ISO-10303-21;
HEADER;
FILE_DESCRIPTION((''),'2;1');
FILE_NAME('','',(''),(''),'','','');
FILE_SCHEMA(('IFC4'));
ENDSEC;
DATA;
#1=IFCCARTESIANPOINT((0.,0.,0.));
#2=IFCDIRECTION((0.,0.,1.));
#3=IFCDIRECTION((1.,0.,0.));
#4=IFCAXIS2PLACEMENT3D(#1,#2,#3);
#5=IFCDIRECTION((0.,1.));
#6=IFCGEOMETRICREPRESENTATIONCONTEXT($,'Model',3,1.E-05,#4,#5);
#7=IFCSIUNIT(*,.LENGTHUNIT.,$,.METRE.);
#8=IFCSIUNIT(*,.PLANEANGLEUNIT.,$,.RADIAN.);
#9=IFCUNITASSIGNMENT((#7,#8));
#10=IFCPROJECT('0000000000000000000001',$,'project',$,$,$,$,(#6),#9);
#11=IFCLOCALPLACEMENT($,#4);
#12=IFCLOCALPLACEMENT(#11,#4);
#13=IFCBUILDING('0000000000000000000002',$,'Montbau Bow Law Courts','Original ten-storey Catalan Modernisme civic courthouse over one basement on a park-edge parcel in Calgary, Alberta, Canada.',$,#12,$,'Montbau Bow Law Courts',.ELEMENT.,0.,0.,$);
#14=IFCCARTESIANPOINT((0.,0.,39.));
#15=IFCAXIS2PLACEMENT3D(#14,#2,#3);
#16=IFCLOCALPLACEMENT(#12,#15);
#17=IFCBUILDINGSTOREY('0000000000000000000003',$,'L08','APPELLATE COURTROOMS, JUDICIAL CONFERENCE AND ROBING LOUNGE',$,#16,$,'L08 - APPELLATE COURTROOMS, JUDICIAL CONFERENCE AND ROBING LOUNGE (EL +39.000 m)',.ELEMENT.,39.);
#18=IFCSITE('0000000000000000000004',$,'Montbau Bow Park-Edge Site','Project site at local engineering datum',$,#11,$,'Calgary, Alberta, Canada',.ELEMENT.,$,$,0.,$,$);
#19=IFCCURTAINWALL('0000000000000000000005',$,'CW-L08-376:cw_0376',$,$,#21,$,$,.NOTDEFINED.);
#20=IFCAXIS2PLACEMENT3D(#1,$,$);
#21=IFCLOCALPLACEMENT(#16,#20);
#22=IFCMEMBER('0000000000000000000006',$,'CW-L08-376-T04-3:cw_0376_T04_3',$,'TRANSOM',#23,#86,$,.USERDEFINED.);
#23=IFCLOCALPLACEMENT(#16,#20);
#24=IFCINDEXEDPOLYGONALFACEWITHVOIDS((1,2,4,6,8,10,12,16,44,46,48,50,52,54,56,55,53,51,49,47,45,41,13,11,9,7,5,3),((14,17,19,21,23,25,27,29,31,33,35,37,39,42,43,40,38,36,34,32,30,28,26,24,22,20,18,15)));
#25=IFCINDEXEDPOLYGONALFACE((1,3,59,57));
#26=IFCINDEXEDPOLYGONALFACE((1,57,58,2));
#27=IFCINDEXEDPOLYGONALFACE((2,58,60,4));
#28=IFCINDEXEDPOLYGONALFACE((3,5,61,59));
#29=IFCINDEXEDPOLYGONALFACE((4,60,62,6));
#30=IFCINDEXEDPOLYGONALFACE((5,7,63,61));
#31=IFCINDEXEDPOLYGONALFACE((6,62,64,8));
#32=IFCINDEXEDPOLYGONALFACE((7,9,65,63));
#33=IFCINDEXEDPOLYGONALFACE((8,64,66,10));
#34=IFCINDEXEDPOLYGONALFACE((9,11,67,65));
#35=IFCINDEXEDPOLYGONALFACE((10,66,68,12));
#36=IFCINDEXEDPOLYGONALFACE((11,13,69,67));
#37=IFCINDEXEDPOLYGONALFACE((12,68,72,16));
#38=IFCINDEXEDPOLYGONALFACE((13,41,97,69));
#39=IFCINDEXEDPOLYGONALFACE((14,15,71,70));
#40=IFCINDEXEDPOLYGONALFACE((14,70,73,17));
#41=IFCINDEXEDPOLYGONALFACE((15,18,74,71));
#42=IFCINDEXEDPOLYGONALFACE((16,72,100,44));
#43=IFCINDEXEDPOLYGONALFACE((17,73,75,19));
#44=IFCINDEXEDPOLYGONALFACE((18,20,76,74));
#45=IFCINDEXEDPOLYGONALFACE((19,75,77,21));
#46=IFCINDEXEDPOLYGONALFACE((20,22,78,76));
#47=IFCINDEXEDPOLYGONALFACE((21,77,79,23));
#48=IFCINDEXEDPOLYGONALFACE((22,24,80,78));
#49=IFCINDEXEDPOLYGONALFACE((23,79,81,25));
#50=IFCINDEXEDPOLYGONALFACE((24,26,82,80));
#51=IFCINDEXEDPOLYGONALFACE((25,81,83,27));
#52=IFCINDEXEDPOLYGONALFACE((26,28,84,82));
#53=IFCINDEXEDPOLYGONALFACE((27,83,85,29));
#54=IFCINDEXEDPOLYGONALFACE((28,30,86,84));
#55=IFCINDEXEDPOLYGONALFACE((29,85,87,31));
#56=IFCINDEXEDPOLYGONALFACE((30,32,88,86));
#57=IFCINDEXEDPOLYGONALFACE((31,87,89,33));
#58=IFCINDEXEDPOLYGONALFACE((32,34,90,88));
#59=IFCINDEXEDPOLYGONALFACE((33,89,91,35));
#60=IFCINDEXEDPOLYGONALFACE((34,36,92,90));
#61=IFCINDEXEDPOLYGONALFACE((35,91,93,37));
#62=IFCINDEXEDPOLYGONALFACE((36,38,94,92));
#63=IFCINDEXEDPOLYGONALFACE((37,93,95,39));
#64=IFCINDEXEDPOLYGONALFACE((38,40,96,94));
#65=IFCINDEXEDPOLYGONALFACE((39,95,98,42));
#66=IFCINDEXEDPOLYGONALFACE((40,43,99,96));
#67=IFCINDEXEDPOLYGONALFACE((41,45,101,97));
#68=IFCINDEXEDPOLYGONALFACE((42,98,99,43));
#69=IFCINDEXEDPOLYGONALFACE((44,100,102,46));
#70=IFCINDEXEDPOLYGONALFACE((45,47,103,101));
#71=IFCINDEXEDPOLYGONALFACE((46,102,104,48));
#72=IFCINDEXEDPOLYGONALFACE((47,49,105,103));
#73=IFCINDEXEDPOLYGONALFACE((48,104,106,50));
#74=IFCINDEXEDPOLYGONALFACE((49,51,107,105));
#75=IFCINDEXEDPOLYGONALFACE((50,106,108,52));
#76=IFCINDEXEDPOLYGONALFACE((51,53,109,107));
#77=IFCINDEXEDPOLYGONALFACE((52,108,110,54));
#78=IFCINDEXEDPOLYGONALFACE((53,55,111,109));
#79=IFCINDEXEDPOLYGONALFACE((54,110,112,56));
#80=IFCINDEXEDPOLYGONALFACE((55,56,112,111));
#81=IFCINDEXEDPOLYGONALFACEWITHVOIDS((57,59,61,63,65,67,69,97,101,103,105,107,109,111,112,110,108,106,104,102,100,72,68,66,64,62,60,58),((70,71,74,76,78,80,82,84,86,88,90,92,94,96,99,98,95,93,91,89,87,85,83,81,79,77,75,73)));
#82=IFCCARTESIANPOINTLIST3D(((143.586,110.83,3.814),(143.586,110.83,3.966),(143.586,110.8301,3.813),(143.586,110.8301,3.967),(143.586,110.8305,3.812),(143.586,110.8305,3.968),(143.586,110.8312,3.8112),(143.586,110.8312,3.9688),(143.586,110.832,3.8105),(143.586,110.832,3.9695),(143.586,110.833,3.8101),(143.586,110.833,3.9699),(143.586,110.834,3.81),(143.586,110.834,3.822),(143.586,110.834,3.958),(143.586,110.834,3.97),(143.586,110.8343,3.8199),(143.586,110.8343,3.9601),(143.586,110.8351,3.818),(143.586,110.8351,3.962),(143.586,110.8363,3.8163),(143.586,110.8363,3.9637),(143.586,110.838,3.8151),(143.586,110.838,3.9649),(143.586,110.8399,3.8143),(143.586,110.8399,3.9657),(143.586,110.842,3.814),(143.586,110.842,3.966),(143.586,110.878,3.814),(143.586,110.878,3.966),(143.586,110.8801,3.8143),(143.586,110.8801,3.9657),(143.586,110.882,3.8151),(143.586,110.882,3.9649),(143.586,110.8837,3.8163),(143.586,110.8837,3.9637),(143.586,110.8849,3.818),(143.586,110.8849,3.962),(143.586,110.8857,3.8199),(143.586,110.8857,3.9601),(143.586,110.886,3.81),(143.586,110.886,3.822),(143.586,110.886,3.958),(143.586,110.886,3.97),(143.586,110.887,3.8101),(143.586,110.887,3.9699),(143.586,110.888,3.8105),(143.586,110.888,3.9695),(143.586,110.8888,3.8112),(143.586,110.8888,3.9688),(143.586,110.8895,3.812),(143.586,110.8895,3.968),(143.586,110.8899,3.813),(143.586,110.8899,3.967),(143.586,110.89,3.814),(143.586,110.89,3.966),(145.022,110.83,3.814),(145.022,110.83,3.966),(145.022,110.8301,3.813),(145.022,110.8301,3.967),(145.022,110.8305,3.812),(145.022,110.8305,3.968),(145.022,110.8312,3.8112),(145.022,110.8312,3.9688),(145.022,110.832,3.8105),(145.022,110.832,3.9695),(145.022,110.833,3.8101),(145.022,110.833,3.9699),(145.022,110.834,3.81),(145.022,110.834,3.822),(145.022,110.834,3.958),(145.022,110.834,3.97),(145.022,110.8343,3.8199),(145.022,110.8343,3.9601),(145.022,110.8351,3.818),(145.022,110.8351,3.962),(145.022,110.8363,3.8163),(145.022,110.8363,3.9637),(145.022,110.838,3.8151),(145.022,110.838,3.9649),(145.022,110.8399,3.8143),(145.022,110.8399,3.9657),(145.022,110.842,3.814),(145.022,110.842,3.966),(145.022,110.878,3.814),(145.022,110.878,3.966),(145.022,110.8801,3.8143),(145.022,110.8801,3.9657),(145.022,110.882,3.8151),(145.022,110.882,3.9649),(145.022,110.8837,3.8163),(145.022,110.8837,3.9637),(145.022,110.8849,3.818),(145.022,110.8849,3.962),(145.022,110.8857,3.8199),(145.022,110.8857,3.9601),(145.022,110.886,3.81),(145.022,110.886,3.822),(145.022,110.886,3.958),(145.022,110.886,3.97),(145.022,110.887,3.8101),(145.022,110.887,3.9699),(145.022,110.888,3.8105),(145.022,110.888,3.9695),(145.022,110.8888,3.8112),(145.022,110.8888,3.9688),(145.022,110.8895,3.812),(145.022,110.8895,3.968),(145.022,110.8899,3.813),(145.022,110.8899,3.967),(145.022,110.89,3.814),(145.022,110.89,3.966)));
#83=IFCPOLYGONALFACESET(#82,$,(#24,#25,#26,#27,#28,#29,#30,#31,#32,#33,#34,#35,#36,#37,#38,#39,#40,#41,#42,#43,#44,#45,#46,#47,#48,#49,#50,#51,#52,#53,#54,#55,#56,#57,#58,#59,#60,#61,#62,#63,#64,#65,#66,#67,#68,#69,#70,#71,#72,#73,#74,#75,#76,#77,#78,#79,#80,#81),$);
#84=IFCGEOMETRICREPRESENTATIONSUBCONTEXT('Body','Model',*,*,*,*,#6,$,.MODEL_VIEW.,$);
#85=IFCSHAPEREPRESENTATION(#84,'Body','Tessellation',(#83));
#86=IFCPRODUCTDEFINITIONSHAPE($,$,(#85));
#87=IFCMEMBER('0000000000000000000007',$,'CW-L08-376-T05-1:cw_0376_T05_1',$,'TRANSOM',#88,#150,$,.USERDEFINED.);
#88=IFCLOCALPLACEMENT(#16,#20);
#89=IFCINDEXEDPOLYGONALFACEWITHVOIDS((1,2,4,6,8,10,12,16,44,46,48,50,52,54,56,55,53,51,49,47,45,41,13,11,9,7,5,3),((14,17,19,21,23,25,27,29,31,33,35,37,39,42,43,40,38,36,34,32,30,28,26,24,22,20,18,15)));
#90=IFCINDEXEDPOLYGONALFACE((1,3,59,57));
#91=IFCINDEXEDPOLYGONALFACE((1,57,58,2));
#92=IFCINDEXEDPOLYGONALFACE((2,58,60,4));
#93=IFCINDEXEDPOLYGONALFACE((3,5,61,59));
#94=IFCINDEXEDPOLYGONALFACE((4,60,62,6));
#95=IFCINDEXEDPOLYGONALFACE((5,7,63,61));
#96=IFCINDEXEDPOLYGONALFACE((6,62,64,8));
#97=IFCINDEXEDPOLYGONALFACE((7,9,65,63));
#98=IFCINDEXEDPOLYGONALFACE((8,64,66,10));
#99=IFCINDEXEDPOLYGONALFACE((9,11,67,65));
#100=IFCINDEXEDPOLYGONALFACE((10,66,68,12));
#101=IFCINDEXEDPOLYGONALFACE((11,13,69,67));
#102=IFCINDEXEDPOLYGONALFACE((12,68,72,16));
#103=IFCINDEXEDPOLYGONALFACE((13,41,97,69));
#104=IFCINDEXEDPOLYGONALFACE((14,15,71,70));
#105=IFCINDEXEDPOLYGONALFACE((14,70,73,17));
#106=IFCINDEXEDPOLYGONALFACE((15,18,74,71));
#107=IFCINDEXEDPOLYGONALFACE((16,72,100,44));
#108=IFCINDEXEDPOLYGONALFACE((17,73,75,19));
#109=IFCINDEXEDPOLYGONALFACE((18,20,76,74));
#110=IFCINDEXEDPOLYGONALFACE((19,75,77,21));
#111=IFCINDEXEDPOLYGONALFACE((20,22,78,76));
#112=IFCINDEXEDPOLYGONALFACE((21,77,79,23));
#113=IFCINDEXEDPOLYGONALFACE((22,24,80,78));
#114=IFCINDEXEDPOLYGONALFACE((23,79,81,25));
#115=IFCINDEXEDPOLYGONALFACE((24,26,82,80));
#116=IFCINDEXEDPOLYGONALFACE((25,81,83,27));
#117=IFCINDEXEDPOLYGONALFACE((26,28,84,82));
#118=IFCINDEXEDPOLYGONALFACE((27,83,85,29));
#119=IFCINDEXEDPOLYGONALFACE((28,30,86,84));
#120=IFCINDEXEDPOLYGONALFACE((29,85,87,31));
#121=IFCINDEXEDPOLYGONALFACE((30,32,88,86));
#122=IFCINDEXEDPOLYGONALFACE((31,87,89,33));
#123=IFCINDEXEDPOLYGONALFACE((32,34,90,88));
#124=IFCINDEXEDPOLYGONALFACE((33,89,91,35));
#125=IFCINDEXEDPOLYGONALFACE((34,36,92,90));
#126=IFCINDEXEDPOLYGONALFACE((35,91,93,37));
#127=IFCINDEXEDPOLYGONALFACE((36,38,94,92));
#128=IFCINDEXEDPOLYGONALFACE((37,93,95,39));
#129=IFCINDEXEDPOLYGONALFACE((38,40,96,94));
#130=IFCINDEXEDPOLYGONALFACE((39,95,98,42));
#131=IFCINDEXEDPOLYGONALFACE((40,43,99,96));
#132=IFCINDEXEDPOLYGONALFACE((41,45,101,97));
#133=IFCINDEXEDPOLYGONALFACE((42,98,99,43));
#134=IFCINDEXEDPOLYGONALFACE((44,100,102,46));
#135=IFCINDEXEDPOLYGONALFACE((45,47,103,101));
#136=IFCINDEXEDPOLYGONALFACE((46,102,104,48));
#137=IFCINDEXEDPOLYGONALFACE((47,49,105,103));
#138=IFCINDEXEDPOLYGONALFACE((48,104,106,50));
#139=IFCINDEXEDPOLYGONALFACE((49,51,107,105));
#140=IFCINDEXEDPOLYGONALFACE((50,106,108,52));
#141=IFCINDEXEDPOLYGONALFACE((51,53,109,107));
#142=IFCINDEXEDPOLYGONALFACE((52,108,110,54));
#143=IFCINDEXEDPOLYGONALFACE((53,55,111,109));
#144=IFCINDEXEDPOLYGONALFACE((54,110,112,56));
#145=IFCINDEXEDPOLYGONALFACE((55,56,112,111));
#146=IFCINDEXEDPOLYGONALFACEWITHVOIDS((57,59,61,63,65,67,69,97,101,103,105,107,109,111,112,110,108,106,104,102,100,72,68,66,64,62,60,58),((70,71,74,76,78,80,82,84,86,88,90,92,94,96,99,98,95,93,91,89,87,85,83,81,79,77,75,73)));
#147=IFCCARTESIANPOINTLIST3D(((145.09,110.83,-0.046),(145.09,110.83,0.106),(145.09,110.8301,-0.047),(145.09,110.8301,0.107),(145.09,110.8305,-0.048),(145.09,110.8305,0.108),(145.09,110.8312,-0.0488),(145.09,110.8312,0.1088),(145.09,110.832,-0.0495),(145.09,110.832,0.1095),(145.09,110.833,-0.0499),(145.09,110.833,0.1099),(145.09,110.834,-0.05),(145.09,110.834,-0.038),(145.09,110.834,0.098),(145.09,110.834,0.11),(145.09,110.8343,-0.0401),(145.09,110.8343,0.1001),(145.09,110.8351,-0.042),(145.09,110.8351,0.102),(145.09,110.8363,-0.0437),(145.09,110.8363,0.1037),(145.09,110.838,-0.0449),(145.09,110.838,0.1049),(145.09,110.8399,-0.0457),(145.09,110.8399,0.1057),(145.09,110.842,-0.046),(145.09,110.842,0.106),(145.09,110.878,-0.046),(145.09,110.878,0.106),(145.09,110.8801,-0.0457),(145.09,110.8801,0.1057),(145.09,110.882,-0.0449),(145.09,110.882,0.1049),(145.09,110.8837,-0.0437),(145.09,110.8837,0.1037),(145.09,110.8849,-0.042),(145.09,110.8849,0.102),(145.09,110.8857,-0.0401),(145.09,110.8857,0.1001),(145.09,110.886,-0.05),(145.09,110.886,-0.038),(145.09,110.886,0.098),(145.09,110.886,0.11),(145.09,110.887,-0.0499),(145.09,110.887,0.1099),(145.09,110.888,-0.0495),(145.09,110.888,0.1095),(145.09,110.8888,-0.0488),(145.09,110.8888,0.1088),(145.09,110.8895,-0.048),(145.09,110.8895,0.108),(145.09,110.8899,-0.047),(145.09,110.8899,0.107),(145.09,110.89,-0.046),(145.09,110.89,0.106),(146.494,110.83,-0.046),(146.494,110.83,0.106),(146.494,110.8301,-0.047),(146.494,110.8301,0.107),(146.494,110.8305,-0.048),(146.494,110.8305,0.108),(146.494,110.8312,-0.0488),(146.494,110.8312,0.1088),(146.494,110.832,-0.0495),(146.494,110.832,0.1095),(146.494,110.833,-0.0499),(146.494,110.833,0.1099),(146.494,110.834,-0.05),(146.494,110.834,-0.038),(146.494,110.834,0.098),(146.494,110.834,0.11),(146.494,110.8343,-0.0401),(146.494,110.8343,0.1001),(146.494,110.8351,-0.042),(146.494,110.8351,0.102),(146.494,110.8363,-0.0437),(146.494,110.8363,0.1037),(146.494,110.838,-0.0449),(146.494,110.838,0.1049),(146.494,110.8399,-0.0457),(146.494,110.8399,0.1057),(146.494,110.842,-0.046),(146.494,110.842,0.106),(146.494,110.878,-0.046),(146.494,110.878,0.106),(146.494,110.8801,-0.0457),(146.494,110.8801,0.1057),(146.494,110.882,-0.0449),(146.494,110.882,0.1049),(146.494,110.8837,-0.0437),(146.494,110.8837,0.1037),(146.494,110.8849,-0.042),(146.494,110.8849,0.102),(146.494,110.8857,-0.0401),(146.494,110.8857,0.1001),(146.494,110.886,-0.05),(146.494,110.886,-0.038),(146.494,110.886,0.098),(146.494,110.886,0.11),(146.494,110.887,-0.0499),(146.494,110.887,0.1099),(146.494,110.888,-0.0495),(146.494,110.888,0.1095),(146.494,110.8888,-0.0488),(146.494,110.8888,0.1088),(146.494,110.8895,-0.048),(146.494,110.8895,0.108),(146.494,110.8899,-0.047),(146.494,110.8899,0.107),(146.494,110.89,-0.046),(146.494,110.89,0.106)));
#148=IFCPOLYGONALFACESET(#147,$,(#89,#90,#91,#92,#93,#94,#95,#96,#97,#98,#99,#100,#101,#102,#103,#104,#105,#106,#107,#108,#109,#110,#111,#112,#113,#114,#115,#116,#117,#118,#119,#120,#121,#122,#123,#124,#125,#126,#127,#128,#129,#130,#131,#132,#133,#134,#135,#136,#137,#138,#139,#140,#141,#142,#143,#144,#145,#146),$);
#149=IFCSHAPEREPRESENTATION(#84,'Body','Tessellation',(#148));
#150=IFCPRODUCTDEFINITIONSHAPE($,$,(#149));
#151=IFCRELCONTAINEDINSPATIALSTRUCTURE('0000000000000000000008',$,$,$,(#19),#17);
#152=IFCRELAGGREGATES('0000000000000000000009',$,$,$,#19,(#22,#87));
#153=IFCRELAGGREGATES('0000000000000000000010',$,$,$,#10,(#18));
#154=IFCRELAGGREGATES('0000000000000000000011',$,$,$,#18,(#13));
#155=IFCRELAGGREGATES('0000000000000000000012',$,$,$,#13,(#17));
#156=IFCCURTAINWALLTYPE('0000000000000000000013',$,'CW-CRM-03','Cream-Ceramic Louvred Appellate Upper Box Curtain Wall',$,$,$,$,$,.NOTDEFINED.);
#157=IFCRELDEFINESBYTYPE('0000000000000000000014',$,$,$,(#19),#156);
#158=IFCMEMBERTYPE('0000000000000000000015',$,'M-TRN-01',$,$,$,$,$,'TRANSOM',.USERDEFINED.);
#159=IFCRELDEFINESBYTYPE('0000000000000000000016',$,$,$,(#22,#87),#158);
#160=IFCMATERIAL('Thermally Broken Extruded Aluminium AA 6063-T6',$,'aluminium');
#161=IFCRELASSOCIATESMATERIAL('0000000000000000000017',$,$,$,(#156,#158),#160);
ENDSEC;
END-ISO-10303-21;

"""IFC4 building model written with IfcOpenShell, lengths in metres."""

from ifc_helpers import new_model, si_unit, direction, frame, origin_with_axes, origin_2d_with_axis, place, context, subcontext, project, spatial, hollow_rectangle, extrude, material, material_profile, profile_set, type_object, element, aggregate, save


model = new_model("IFC4")

# Units and contexts
model_context = context("Model", 3, precision=1e-05, world=origin_with_axes(), true_north=direction((0.0, 1.0)))
body_context = subcontext(model_context, "Body", "Model", "MODEL_VIEW")
ifc_project = project(units=[si_unit("LENGTHUNIT", "METRE"), si_unit("PLANEANGLEUNIT", "RADIAN")], contexts=[model_context])

# Site, building, storey
site_placement = place(None, origin_with_axes())
site = spatial("IfcSite", under=ifc_project, at=site_placement, Name="Montbau Bow Park-Edge Site", Description="Project site at local engineering datum", LongName="Calgary, Alberta, Canada", CompositionType="ELEMENT", RefElevation=0.0)
building_placement = place(site_placement, origin_with_axes())
building = spatial("IfcBuilding", under=site, at=building_placement, Name="Montbau Bow Law Courts", Description="Original ten-storey Catalan Modernisme civic courthouse over one basement on a park-edge parcel in Calgary, Alberta, Canada.", LongName="Montbau Bow Law Courts", CompositionType="ELEMENT", ElevationOfRefHeight=0.0, ElevationOfTerrain=0.0)
storey_placement = place(building_placement, frame((0.0, 0.0, 39.0), z_axis=(0.0, 0.0, 1.0), x_axis=(1.0, 0.0, 0.0)))
storey = spatial("IfcBuildingStorey", under=building, at=storey_placement, Name="L08", Description="APPELLATE COURTROOMS, JUDICIAL CONFERENCE AND ROBING LOUNGE", LongName="L08 - APPELLATE COURTROOMS, JUDICIAL CONFERENCE AND ROBING LOUNGE (EL +39.000 m)", CompositionType="ELEMENT", Elevation=39.0)

# Curtain wall
ifc_material_1 = material(Name="Thermally Broken Extruded Aluminium AA 6063-T6", Category="aluminium")
curtain_wall_type = type_object("IfcCurtainWallType", Name="CW-CRM-03", Description="Cream-Ceramic Louvred Appellate Upper Box Curtain Wall", PredefinedType="NOTDEFINED", material=ifc_material_1)
curtain_wall_1_placement = place(None, frame((139.04, 110.86, 39.0), z_axis=(0.0, 0.0, 1.0), x_axis=(1.0, 0.0, 0.0)))
curtain_wall_1 = element("IfcCurtainWall", 1, at=curtain_wall_1_placement, inside=storey, type_object=curtain_wall_type, Name="CW-L08-376:cw_0376", PredefinedType="NOTDEFINED")

# Members
ifc_material_profile_1 = material_profile(ifc_material_1, hollow_rectangle(XDim=0.06, YDim=0.16, WallThickness=0.004, InnerFilletRadius=0.008, OuterFilletRadius=0.004, at=origin_2d_with_axis()), Name="CWT-160X60", Category="Main", Priority=0)
ifc_profile_set_1 = profile_set([ifc_material_profile_1], Name="Thermally Broken Extruded Aluminium AA 6063-T6")
member_type_1 = type_object("IfcMemberType", Name="M-TRN-01", ElementType="TRANSOM", PredefinedType="USERDEFINED", material=ifc_profile_set_1)
member_1_placement = place(None, frame((143.586, 110.86, 42.89), z_axis=(1.0, 0.0, 0.0), x_axis=(0.0, 1.0, 0.0)))
member_1 = element("IfcMember", 2, at=member_1_placement, type_object=member_type_1, Name="CW-L08-376-T04-3:cw_0376_T04_3", ObjectType="TRANSOM", PredefinedType="USERDEFINED", context=body_context, shape_type="SweptSolid", body=[
    extrude(hollow_rectangle(XDim=0.06, YDim=0.16, WallThickness=0.004, InnerFilletRadius=0.008, OuterFilletRadius=0.004, at=origin_2d_with_axis()), origin_with_axes(), (0.0, 0.0, 1.0), 1.436),
])
member_2_placement = place(None, frame((145.09, 110.86, 39.03), z_axis=(1.0, 0.0, 0.0), x_axis=(0.0, 1.0, 0.0)))
member_2 = element("IfcMember", 3, at=member_2_placement, type_object=member_type_1, Name="CW-L08-376-T05-1:cw_0376_T05_1", ObjectType="TRANSOM", PredefinedType="USERDEFINED", context=body_context, shape_type="SweptSolid", body=[
    extrude(hollow_rectangle(XDim=0.06, YDim=0.16, WallThickness=0.004, InnerFilletRadius=0.008, OuterFilletRadius=0.004, at=origin_2d_with_axis()), origin_with_axes(), (0.0, 0.0, 1.0), 1.404),
])

aggregate(curtain_wall_1, [member_1, member_2])

save(model, "model.ifc")
